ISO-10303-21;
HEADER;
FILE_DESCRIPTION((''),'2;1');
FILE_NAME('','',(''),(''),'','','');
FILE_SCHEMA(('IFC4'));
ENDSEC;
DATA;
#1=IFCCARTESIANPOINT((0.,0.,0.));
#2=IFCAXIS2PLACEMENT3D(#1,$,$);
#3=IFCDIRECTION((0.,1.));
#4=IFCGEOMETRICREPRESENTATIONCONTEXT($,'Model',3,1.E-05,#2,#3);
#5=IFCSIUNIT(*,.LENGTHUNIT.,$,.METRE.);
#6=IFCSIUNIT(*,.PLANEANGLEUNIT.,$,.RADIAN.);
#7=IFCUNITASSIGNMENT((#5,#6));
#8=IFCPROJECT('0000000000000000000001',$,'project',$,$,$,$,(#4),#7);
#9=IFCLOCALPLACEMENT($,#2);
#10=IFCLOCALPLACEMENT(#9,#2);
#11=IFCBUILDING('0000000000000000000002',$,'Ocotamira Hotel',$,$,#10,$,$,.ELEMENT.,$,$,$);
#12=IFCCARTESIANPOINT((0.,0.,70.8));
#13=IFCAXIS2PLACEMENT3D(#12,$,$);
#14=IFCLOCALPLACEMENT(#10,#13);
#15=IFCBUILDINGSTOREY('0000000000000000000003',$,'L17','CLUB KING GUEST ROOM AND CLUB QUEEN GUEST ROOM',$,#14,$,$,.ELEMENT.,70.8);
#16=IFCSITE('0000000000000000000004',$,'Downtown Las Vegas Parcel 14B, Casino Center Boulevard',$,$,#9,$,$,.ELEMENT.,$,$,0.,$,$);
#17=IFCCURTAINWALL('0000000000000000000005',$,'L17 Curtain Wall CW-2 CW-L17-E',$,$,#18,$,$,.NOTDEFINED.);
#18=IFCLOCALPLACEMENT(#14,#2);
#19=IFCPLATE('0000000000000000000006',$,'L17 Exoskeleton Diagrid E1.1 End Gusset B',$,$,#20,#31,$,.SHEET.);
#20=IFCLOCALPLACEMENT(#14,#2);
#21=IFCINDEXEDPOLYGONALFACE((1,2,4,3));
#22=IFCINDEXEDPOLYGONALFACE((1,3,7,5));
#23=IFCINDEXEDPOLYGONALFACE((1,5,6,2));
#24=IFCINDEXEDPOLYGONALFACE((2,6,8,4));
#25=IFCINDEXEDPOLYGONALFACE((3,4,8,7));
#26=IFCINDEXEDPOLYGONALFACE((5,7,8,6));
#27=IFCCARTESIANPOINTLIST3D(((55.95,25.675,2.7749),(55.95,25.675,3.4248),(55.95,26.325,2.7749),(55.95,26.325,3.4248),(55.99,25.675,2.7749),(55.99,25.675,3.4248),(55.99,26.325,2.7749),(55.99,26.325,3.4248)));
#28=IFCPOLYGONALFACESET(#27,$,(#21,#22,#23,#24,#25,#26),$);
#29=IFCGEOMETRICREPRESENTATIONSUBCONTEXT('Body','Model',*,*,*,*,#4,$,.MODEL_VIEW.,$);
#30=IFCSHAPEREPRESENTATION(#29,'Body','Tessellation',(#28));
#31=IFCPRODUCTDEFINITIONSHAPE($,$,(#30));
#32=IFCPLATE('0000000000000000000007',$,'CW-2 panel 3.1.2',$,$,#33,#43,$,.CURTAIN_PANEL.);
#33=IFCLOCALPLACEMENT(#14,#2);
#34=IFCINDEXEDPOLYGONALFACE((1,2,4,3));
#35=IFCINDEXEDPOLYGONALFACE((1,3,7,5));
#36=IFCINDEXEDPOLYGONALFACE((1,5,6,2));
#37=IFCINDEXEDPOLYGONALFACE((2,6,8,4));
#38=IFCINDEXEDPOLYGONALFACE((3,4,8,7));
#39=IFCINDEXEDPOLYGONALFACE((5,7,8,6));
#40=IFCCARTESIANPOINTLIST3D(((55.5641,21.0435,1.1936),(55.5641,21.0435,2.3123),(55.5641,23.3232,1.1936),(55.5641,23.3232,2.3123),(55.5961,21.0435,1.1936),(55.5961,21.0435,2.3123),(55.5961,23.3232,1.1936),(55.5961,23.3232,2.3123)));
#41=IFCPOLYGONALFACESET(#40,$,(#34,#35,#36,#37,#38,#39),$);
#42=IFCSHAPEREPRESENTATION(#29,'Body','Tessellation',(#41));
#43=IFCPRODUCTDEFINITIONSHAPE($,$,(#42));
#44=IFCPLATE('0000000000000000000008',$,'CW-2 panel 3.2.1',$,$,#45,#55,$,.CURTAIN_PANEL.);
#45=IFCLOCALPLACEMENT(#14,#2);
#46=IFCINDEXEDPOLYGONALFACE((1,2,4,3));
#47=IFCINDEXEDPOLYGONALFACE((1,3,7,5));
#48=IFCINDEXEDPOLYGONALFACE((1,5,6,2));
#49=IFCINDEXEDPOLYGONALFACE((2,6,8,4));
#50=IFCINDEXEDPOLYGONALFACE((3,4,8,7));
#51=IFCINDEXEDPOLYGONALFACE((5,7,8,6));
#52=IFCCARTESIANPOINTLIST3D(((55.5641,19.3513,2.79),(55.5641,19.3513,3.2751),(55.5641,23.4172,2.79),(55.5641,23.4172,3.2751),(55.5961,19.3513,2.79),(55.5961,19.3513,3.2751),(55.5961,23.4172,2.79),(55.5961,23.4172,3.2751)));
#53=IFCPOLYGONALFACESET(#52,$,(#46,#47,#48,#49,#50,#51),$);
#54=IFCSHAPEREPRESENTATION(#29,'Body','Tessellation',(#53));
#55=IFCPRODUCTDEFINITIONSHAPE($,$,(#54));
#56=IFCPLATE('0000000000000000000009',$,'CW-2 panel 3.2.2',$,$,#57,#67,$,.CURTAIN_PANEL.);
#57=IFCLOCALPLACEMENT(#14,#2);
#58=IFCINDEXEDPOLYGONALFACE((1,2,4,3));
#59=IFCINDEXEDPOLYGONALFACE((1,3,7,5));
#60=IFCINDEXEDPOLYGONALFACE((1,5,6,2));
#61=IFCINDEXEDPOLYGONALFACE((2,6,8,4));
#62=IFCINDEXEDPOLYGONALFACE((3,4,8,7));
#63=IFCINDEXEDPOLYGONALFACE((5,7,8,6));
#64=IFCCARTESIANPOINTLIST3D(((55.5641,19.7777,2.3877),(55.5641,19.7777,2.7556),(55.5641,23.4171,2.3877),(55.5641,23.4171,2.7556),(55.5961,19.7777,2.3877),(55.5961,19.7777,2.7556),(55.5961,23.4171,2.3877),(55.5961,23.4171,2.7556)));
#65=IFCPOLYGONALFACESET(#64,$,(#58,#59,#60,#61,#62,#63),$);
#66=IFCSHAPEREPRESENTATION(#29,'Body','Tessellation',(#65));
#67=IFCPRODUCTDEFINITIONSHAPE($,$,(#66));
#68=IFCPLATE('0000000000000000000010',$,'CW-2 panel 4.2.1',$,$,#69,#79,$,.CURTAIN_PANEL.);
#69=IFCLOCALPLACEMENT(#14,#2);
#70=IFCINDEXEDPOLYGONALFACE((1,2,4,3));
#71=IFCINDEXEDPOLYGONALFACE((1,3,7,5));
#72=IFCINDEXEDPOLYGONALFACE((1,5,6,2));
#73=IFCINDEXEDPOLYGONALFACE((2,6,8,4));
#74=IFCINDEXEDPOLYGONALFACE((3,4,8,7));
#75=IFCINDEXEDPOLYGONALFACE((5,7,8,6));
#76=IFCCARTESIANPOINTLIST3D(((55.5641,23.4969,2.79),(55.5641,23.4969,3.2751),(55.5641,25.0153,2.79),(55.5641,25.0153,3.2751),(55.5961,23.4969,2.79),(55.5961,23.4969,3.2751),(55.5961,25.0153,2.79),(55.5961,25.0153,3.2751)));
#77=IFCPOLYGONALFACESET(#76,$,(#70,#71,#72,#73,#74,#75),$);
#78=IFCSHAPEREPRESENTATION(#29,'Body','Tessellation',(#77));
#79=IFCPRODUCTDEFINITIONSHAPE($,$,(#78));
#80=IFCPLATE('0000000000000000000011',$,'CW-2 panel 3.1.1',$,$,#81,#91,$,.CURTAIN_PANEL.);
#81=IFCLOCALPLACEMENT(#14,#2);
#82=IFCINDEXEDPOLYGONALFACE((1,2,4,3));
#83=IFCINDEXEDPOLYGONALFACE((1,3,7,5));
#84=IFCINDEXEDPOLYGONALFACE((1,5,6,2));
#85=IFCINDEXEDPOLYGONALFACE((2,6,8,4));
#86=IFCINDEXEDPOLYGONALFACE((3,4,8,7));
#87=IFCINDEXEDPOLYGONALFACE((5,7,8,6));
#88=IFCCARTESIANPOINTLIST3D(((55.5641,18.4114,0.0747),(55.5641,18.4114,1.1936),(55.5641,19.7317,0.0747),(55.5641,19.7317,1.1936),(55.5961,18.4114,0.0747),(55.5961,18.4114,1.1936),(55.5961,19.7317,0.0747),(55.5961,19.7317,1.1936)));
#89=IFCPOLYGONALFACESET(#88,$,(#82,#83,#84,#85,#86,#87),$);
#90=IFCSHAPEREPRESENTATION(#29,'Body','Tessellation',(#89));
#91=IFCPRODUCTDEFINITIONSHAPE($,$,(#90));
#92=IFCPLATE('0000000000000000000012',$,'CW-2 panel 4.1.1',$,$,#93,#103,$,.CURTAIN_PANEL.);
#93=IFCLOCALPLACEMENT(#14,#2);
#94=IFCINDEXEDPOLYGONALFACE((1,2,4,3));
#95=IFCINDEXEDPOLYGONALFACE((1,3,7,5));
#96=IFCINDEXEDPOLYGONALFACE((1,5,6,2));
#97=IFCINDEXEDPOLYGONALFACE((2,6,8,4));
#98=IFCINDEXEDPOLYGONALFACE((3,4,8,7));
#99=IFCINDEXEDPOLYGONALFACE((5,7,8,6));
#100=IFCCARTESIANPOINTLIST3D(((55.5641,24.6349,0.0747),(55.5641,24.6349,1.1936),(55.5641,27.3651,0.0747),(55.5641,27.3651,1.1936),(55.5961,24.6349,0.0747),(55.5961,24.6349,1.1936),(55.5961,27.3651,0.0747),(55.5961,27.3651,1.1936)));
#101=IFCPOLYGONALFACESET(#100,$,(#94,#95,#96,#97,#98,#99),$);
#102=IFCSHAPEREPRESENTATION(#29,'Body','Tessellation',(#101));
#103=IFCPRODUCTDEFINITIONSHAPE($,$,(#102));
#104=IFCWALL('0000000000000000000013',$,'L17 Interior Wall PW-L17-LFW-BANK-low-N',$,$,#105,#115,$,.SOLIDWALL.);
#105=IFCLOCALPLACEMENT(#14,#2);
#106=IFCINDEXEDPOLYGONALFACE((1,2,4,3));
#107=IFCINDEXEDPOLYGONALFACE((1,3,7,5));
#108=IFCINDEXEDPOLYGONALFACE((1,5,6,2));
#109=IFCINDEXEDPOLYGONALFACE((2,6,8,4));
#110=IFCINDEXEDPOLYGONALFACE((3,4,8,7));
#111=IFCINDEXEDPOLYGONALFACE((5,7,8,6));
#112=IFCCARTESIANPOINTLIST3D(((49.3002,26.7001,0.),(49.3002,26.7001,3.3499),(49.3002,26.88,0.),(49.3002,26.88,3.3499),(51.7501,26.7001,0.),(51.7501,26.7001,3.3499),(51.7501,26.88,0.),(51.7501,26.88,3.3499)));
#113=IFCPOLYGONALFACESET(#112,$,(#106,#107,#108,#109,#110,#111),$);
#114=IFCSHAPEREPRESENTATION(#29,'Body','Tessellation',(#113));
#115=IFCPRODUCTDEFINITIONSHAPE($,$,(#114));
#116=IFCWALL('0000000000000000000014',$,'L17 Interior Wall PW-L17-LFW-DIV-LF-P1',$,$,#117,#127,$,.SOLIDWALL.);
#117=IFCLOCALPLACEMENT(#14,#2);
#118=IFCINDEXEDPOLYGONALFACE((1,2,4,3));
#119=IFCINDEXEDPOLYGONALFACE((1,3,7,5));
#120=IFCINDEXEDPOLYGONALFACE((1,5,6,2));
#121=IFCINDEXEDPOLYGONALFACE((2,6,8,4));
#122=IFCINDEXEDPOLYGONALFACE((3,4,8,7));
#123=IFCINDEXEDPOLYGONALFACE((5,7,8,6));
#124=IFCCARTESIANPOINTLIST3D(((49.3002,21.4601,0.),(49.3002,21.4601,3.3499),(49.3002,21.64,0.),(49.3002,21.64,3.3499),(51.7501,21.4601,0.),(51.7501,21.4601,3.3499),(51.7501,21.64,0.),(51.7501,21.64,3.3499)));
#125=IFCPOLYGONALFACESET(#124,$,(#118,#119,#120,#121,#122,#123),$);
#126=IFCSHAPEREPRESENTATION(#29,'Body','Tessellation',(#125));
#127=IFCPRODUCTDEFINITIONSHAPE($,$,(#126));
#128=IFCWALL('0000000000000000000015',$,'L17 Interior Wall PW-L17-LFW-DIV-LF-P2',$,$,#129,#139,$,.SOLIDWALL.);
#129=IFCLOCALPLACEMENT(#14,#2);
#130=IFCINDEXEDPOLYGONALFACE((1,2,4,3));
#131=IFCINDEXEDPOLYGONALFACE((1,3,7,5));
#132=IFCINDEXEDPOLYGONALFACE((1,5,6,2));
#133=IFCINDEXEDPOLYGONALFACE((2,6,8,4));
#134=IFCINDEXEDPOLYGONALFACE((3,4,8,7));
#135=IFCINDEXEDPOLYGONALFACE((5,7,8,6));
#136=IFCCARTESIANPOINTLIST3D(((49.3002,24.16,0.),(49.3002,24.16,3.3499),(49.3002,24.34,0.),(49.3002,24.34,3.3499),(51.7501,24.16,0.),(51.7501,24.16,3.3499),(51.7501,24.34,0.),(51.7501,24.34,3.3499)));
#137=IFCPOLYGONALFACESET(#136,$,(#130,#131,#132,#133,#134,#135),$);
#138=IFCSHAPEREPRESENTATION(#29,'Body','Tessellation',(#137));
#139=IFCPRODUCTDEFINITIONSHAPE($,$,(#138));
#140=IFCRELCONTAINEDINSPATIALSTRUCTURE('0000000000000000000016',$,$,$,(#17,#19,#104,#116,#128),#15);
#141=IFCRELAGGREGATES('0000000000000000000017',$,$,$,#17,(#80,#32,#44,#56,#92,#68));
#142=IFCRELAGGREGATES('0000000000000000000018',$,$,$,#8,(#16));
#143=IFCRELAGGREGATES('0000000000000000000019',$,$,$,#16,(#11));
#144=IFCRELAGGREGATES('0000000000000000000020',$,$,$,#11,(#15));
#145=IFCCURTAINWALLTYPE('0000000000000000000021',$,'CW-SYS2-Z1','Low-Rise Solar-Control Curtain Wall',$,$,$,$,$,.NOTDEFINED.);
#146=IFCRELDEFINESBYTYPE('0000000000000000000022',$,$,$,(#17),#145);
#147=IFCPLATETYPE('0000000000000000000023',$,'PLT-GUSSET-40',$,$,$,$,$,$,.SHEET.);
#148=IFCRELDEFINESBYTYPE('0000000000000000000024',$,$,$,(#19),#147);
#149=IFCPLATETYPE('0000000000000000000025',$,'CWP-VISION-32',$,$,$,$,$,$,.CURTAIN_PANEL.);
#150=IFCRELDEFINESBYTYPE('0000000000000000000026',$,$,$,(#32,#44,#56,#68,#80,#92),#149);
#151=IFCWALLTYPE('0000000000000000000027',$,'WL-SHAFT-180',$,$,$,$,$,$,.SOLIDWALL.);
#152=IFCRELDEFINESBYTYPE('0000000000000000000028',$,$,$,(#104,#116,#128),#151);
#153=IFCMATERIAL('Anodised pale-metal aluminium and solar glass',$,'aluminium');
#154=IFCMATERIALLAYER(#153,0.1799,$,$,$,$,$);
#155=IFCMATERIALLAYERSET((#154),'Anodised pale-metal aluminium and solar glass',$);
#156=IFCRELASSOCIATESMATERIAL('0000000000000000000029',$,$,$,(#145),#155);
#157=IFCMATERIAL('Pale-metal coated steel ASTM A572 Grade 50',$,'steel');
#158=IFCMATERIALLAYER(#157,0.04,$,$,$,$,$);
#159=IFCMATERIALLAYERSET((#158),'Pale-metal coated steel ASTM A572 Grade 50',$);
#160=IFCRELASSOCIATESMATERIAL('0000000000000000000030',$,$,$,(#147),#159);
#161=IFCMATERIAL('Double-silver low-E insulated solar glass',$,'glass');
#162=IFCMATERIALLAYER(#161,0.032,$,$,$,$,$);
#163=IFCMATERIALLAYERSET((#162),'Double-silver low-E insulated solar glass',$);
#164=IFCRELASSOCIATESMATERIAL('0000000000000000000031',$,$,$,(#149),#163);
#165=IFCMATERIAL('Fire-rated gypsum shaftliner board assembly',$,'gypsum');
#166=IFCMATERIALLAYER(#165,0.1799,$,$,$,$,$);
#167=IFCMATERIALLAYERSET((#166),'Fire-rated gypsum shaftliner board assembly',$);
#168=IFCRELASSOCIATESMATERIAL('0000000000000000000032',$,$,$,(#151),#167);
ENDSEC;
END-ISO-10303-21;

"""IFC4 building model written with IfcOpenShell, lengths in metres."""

from ifc_helpers import new_model, si_unit, direction, frame, frame_2d, origin, origin_2d, place, context, subcontext, project, spatial, rectangle, extrude, source, transform, mapped, material, layer, layer_set, type_object, element, aggregate, save


model = new_model("IFC4")

# Units and contexts
model_context = context("Model", 3, precision=1e-05, world=origin(), true_north=direction((0.0, 1.0)))
body_context = subcontext(model_context, "Body", "Model", "MODEL_VIEW")
ifc_project = project(units=[si_unit("LENGTHUNIT", "METRE"), si_unit("PLANEANGLEUNIT", "RADIAN")], contexts=[model_context])

# Site, building, storey
site_placement = place(None, origin())
site = spatial("IfcSite", under=ifc_project, at=site_placement, Name="Downtown Las Vegas Parcel 14B, Casino Center Boulevard", CompositionType="ELEMENT", RefElevation=0.0)
building_placement = place(site_placement, origin())
building = spatial("IfcBuilding", under=site, at=building_placement, Name="Ocotamira Hotel", CompositionType="ELEMENT")
storey_placement = place(building_placement, frame((0.0, 0.0, 70.8)))
storey = spatial("IfcBuildingStorey", under=building, at=storey_placement, Name="L17", Description="CLUB KING GUEST ROOM AND CLUB QUEEN GUEST ROOM", CompositionType="ELEMENT", Elevation=70.8)

# Curtain wall
ifc_material_1 = material(Name="Anodised pale-metal aluminium and solar glass", Category="aluminium")
ifc_layer_1 = layer(ifc_material_1, 0.1799)
ifc_layer_set_1 = layer_set([ifc_layer_1], Name="Anodised pale-metal aluminium and solar glass")
curtain_wall_type = type_object("IfcCurtainWallType", Name="CW-SYS2-Z1", Description="Low-Rise Solar-Control Curtain Wall", PredefinedType="NOTDEFINED", material=ifc_layer_set_1)
curtain_wall_placement = place(storey_placement, origin())
curtain_wall = element("IfcCurtainWall", 1, at=curtain_wall_placement, inside=storey, type_object=curtain_wall_type, Name="L17 Curtain Wall CW-2 CW-L17-E", PredefinedType="NOTDEFINED")

# Plates
ifc_material_2 = material(Name="Pale-metal coated steel ASTM A572 Grade 50", Category="steel")
ifc_layer_2 = layer(ifc_material_2, 0.04)
ifc_layer_set_2 = layer_set([ifc_layer_2], Name="Pale-metal coated steel ASTM A572 Grade 50")
plate_type_1 = type_object("IfcPlateType", Name="PLT-GUSSET-40", PredefinedType="SHEET", material=ifc_layer_set_2)
shared_shape_1 = source(origin(), body_context, "Body", "SweptSolid", [
    extrude(rectangle(XDim=0.04, YDim=0.6499, at=origin_2d()), origin(), (0.0, 0.0, 1.0), 0.6499),
])
plate_1_placement = place(storey_placement, frame((55.97, 26.0, 2.7749), z_axis=(0.0, 0.0, 1.0), x_axis=(1.0, 0.0, 0.0)))
element("IfcPlate", 2, at=plate_1_placement, inside=storey, type_object=plate_type_1, Name="L17 Exoskeleton Diagrid E1.1 End Gusset B", PredefinedType="SHEET", context=body_context, shape_type="MappedRepresentation", body=[
    mapped(shared_shape_1, transform((0.0, 0.0, 0.0), scale=1.0)),
])
ifc_material_3 = material(Name="Double-silver low-E insulated solar glass", Category="glass")
ifc_layer_3 = layer(ifc_material_3, 0.032)
ifc_layer_set_3 = layer_set([ifc_layer_3], Name="Double-silver low-E insulated solar glass")
plate_type_2 = type_object("IfcPlateType", Name="CWP-VISION-32", PredefinedType="CURTAIN_PANEL", material=ifc_layer_set_3)
shared_shape_2 = source(origin(), body_context, "Body", "SweptSolid", [
    extrude(rectangle(XDim=2.2798, YDim=0.032, at=origin_2d()), origin(), (0.0, 0.0, 1.0), 1.1187),
])
plate_2_placement = place(storey_placement, frame((55.5801, 22.1833, 1.1936), z_axis=(0.0, 0.0, 1.0), x_axis=(0.0, 1.0, 0.0)))
plate_2 = element("IfcPlate", 3, at=plate_2_placement, type_object=plate_type_2, Name="CW-2 panel 3.1.2", PredefinedType="CURTAIN_PANEL", context=body_context, shape_type="MappedRepresentation", body=[
    mapped(shared_shape_2, transform((0.0, 0.0, 0.0), scale=1.0)),
])
shared_shape_3 = source(origin(), body_context, "Body", "SweptSolid", [
    extrude(rectangle(XDim=4.0659, YDim=0.032, at=origin_2d()), origin(), (0.0, 0.0, 1.0), 0.4851),
])
plate_3_placement = place(storey_placement, frame((55.5801, 21.3843, 2.79), z_axis=(0.0, 0.0, 1.0), x_axis=(0.0, 1.0, 0.0)))
plate_3 = element("IfcPlate", 4, at=plate_3_placement, type_object=plate_type_2, Name="CW-2 panel 3.2.1", PredefinedType="CURTAIN_PANEL", context=body_context, shape_type="MappedRepresentation", body=[
    mapped(shared_shape_3, transform((0.0, 0.0, 0.0), scale=1.0)),
])
shared_shape_4 = source(origin(), body_context, "Body", "SweptSolid", [
    extrude(rectangle(XDim=3.6394, YDim=0.032, at=origin_2d()), origin(), (0.0, 0.0, 1.0), 0.3679),
])
plate_4_placement = place(storey_placement, frame((55.5801, 21.5974, 2.3877), z_axis=(0.0, 0.0, 1.0), x_axis=(0.0, 1.0, 0.0)))
plate_4 = element("IfcPlate", 5, at=plate_4_placement, type_object=plate_type_2, Name="CW-2 panel 3.2.2", PredefinedType="CURTAIN_PANEL", context=body_context, shape_type="MappedRepresentation", body=[
    mapped(shared_shape_4, transform((0.0, 0.0, 0.0), scale=1.0)),
])
shared_shape_5 = source(origin(), body_context, "Body", "SweptSolid", [
    extrude(rectangle(XDim=1.5183, YDim=0.032, at=origin_2d()), origin(), (0.0, 0.0, 1.0), 0.4851),
])
plate_5_placement = place(storey_placement, frame((55.5801, 24.2561, 2.79), z_axis=(0.0, 0.0, 1.0), x_axis=(0.0, 1.0, 0.0)))
plate_5 = element("IfcPlate", 6, at=plate_5_placement, type_object=plate_type_2, Name="CW-2 panel 4.2.1", PredefinedType="CURTAIN_PANEL", context=body_context, shape_type="MappedRepresentation", body=[
    mapped(shared_shape_5, transform((0.0, 0.0, 0.0), scale=1.0)),
])
shared_shape_6 = source(origin(), body_context, "Body", "SweptSolid", [
    extrude(rectangle(XDim=1.3203, YDim=0.032, at=origin_2d()), origin(), (0.0, 0.0, 1.0), 1.1189),
])
plate_6_placement = place(storey_placement, frame((55.5801, 19.0715, 0.0747), z_axis=(0.0, 0.0, 1.0), x_axis=(0.0, 1.0, 0.0)))
plate_6 = element("IfcPlate", 7, at=plate_6_placement, type_object=plate_type_2, Name="CW-2 panel 3.1.1", PredefinedType="CURTAIN_PANEL", context=body_context, shape_type="MappedRepresentation", body=[
    mapped(shared_shape_6, transform((0.0, 0.0, 0.0), scale=1.0)),
])
shared_shape_7 = source(origin(), body_context, "Body", "SweptSolid", [
    extrude(rectangle(XDim=2.7302, YDim=0.032, at=origin_2d()), origin(), (0.0, 0.0, 1.0), 1.1189),
])
plate_7_placement = place(storey_placement, frame((55.5801, 26.0, 0.0747), z_axis=(0.0, 0.0, 1.0), x_axis=(0.0, 1.0, 0.0)))
plate_7 = element("IfcPlate", 8, at=plate_7_placement, type_object=plate_type_2, Name="CW-2 panel 4.1.1", PredefinedType="CURTAIN_PANEL", context=body_context, shape_type="MappedRepresentation", body=[
    mapped(shared_shape_7, transform((0.0, 0.0, 0.0), scale=1.0)),
])
aggregate(curtain_wall, [plate_6, plate_2, plate_3, plate_4, plate_7, plate_5])

# Walls
ifc_material_4 = material(Name="Fire-rated gypsum shaftliner board assembly", Category="gypsum")
ifc_layer_4 = layer(ifc_material_4, 0.1799)
ifc_layer_set_4 = layer_set([ifc_layer_4], Name="Fire-rated gypsum shaftliner board assembly")
wall_type = type_object("IfcWallType", Name="WL-SHAFT-180", PredefinedType="SOLIDWALL", material=ifc_layer_set_4)
for number, where, z_axis, x_axis, name in (
    (9, (49.3, 26.79, 0.0), (0.0, 0.0, 1.0), (1.0, 0.0, 0.0), "L17 Interior Wall PW-L17-LFW-BANK-low-N"),
    (10, (49.3, 21.55, 0.0), (0.0, 0.0, 1.0), (1.0, 0.0, 0.0), "L17 Interior Wall PW-L17-LFW-DIV-LF-P1"),
    (11, (49.3, 24.25, 0.0), (0.0, 0.0, 1.0), (1.0, 0.0, 0.0), "L17 Interior Wall PW-L17-LFW-DIV-LF-P2"),
):
    element("IfcWall", number, at=place(storey_placement, frame(where, z_axis=z_axis, x_axis=x_axis)), inside=storey, type_object=wall_type, Name=name, PredefinedType="SOLIDWALL", context=body_context, shape_type="SweptSolid", body=[
        extrude(rectangle(XDim=2.45, YDim=0.1799, at=frame_2d((1.2251, 0.0))), origin(), (0.0, 0.0, 1.0), 3.3499),
    ])

save(model, "model.ifc")
